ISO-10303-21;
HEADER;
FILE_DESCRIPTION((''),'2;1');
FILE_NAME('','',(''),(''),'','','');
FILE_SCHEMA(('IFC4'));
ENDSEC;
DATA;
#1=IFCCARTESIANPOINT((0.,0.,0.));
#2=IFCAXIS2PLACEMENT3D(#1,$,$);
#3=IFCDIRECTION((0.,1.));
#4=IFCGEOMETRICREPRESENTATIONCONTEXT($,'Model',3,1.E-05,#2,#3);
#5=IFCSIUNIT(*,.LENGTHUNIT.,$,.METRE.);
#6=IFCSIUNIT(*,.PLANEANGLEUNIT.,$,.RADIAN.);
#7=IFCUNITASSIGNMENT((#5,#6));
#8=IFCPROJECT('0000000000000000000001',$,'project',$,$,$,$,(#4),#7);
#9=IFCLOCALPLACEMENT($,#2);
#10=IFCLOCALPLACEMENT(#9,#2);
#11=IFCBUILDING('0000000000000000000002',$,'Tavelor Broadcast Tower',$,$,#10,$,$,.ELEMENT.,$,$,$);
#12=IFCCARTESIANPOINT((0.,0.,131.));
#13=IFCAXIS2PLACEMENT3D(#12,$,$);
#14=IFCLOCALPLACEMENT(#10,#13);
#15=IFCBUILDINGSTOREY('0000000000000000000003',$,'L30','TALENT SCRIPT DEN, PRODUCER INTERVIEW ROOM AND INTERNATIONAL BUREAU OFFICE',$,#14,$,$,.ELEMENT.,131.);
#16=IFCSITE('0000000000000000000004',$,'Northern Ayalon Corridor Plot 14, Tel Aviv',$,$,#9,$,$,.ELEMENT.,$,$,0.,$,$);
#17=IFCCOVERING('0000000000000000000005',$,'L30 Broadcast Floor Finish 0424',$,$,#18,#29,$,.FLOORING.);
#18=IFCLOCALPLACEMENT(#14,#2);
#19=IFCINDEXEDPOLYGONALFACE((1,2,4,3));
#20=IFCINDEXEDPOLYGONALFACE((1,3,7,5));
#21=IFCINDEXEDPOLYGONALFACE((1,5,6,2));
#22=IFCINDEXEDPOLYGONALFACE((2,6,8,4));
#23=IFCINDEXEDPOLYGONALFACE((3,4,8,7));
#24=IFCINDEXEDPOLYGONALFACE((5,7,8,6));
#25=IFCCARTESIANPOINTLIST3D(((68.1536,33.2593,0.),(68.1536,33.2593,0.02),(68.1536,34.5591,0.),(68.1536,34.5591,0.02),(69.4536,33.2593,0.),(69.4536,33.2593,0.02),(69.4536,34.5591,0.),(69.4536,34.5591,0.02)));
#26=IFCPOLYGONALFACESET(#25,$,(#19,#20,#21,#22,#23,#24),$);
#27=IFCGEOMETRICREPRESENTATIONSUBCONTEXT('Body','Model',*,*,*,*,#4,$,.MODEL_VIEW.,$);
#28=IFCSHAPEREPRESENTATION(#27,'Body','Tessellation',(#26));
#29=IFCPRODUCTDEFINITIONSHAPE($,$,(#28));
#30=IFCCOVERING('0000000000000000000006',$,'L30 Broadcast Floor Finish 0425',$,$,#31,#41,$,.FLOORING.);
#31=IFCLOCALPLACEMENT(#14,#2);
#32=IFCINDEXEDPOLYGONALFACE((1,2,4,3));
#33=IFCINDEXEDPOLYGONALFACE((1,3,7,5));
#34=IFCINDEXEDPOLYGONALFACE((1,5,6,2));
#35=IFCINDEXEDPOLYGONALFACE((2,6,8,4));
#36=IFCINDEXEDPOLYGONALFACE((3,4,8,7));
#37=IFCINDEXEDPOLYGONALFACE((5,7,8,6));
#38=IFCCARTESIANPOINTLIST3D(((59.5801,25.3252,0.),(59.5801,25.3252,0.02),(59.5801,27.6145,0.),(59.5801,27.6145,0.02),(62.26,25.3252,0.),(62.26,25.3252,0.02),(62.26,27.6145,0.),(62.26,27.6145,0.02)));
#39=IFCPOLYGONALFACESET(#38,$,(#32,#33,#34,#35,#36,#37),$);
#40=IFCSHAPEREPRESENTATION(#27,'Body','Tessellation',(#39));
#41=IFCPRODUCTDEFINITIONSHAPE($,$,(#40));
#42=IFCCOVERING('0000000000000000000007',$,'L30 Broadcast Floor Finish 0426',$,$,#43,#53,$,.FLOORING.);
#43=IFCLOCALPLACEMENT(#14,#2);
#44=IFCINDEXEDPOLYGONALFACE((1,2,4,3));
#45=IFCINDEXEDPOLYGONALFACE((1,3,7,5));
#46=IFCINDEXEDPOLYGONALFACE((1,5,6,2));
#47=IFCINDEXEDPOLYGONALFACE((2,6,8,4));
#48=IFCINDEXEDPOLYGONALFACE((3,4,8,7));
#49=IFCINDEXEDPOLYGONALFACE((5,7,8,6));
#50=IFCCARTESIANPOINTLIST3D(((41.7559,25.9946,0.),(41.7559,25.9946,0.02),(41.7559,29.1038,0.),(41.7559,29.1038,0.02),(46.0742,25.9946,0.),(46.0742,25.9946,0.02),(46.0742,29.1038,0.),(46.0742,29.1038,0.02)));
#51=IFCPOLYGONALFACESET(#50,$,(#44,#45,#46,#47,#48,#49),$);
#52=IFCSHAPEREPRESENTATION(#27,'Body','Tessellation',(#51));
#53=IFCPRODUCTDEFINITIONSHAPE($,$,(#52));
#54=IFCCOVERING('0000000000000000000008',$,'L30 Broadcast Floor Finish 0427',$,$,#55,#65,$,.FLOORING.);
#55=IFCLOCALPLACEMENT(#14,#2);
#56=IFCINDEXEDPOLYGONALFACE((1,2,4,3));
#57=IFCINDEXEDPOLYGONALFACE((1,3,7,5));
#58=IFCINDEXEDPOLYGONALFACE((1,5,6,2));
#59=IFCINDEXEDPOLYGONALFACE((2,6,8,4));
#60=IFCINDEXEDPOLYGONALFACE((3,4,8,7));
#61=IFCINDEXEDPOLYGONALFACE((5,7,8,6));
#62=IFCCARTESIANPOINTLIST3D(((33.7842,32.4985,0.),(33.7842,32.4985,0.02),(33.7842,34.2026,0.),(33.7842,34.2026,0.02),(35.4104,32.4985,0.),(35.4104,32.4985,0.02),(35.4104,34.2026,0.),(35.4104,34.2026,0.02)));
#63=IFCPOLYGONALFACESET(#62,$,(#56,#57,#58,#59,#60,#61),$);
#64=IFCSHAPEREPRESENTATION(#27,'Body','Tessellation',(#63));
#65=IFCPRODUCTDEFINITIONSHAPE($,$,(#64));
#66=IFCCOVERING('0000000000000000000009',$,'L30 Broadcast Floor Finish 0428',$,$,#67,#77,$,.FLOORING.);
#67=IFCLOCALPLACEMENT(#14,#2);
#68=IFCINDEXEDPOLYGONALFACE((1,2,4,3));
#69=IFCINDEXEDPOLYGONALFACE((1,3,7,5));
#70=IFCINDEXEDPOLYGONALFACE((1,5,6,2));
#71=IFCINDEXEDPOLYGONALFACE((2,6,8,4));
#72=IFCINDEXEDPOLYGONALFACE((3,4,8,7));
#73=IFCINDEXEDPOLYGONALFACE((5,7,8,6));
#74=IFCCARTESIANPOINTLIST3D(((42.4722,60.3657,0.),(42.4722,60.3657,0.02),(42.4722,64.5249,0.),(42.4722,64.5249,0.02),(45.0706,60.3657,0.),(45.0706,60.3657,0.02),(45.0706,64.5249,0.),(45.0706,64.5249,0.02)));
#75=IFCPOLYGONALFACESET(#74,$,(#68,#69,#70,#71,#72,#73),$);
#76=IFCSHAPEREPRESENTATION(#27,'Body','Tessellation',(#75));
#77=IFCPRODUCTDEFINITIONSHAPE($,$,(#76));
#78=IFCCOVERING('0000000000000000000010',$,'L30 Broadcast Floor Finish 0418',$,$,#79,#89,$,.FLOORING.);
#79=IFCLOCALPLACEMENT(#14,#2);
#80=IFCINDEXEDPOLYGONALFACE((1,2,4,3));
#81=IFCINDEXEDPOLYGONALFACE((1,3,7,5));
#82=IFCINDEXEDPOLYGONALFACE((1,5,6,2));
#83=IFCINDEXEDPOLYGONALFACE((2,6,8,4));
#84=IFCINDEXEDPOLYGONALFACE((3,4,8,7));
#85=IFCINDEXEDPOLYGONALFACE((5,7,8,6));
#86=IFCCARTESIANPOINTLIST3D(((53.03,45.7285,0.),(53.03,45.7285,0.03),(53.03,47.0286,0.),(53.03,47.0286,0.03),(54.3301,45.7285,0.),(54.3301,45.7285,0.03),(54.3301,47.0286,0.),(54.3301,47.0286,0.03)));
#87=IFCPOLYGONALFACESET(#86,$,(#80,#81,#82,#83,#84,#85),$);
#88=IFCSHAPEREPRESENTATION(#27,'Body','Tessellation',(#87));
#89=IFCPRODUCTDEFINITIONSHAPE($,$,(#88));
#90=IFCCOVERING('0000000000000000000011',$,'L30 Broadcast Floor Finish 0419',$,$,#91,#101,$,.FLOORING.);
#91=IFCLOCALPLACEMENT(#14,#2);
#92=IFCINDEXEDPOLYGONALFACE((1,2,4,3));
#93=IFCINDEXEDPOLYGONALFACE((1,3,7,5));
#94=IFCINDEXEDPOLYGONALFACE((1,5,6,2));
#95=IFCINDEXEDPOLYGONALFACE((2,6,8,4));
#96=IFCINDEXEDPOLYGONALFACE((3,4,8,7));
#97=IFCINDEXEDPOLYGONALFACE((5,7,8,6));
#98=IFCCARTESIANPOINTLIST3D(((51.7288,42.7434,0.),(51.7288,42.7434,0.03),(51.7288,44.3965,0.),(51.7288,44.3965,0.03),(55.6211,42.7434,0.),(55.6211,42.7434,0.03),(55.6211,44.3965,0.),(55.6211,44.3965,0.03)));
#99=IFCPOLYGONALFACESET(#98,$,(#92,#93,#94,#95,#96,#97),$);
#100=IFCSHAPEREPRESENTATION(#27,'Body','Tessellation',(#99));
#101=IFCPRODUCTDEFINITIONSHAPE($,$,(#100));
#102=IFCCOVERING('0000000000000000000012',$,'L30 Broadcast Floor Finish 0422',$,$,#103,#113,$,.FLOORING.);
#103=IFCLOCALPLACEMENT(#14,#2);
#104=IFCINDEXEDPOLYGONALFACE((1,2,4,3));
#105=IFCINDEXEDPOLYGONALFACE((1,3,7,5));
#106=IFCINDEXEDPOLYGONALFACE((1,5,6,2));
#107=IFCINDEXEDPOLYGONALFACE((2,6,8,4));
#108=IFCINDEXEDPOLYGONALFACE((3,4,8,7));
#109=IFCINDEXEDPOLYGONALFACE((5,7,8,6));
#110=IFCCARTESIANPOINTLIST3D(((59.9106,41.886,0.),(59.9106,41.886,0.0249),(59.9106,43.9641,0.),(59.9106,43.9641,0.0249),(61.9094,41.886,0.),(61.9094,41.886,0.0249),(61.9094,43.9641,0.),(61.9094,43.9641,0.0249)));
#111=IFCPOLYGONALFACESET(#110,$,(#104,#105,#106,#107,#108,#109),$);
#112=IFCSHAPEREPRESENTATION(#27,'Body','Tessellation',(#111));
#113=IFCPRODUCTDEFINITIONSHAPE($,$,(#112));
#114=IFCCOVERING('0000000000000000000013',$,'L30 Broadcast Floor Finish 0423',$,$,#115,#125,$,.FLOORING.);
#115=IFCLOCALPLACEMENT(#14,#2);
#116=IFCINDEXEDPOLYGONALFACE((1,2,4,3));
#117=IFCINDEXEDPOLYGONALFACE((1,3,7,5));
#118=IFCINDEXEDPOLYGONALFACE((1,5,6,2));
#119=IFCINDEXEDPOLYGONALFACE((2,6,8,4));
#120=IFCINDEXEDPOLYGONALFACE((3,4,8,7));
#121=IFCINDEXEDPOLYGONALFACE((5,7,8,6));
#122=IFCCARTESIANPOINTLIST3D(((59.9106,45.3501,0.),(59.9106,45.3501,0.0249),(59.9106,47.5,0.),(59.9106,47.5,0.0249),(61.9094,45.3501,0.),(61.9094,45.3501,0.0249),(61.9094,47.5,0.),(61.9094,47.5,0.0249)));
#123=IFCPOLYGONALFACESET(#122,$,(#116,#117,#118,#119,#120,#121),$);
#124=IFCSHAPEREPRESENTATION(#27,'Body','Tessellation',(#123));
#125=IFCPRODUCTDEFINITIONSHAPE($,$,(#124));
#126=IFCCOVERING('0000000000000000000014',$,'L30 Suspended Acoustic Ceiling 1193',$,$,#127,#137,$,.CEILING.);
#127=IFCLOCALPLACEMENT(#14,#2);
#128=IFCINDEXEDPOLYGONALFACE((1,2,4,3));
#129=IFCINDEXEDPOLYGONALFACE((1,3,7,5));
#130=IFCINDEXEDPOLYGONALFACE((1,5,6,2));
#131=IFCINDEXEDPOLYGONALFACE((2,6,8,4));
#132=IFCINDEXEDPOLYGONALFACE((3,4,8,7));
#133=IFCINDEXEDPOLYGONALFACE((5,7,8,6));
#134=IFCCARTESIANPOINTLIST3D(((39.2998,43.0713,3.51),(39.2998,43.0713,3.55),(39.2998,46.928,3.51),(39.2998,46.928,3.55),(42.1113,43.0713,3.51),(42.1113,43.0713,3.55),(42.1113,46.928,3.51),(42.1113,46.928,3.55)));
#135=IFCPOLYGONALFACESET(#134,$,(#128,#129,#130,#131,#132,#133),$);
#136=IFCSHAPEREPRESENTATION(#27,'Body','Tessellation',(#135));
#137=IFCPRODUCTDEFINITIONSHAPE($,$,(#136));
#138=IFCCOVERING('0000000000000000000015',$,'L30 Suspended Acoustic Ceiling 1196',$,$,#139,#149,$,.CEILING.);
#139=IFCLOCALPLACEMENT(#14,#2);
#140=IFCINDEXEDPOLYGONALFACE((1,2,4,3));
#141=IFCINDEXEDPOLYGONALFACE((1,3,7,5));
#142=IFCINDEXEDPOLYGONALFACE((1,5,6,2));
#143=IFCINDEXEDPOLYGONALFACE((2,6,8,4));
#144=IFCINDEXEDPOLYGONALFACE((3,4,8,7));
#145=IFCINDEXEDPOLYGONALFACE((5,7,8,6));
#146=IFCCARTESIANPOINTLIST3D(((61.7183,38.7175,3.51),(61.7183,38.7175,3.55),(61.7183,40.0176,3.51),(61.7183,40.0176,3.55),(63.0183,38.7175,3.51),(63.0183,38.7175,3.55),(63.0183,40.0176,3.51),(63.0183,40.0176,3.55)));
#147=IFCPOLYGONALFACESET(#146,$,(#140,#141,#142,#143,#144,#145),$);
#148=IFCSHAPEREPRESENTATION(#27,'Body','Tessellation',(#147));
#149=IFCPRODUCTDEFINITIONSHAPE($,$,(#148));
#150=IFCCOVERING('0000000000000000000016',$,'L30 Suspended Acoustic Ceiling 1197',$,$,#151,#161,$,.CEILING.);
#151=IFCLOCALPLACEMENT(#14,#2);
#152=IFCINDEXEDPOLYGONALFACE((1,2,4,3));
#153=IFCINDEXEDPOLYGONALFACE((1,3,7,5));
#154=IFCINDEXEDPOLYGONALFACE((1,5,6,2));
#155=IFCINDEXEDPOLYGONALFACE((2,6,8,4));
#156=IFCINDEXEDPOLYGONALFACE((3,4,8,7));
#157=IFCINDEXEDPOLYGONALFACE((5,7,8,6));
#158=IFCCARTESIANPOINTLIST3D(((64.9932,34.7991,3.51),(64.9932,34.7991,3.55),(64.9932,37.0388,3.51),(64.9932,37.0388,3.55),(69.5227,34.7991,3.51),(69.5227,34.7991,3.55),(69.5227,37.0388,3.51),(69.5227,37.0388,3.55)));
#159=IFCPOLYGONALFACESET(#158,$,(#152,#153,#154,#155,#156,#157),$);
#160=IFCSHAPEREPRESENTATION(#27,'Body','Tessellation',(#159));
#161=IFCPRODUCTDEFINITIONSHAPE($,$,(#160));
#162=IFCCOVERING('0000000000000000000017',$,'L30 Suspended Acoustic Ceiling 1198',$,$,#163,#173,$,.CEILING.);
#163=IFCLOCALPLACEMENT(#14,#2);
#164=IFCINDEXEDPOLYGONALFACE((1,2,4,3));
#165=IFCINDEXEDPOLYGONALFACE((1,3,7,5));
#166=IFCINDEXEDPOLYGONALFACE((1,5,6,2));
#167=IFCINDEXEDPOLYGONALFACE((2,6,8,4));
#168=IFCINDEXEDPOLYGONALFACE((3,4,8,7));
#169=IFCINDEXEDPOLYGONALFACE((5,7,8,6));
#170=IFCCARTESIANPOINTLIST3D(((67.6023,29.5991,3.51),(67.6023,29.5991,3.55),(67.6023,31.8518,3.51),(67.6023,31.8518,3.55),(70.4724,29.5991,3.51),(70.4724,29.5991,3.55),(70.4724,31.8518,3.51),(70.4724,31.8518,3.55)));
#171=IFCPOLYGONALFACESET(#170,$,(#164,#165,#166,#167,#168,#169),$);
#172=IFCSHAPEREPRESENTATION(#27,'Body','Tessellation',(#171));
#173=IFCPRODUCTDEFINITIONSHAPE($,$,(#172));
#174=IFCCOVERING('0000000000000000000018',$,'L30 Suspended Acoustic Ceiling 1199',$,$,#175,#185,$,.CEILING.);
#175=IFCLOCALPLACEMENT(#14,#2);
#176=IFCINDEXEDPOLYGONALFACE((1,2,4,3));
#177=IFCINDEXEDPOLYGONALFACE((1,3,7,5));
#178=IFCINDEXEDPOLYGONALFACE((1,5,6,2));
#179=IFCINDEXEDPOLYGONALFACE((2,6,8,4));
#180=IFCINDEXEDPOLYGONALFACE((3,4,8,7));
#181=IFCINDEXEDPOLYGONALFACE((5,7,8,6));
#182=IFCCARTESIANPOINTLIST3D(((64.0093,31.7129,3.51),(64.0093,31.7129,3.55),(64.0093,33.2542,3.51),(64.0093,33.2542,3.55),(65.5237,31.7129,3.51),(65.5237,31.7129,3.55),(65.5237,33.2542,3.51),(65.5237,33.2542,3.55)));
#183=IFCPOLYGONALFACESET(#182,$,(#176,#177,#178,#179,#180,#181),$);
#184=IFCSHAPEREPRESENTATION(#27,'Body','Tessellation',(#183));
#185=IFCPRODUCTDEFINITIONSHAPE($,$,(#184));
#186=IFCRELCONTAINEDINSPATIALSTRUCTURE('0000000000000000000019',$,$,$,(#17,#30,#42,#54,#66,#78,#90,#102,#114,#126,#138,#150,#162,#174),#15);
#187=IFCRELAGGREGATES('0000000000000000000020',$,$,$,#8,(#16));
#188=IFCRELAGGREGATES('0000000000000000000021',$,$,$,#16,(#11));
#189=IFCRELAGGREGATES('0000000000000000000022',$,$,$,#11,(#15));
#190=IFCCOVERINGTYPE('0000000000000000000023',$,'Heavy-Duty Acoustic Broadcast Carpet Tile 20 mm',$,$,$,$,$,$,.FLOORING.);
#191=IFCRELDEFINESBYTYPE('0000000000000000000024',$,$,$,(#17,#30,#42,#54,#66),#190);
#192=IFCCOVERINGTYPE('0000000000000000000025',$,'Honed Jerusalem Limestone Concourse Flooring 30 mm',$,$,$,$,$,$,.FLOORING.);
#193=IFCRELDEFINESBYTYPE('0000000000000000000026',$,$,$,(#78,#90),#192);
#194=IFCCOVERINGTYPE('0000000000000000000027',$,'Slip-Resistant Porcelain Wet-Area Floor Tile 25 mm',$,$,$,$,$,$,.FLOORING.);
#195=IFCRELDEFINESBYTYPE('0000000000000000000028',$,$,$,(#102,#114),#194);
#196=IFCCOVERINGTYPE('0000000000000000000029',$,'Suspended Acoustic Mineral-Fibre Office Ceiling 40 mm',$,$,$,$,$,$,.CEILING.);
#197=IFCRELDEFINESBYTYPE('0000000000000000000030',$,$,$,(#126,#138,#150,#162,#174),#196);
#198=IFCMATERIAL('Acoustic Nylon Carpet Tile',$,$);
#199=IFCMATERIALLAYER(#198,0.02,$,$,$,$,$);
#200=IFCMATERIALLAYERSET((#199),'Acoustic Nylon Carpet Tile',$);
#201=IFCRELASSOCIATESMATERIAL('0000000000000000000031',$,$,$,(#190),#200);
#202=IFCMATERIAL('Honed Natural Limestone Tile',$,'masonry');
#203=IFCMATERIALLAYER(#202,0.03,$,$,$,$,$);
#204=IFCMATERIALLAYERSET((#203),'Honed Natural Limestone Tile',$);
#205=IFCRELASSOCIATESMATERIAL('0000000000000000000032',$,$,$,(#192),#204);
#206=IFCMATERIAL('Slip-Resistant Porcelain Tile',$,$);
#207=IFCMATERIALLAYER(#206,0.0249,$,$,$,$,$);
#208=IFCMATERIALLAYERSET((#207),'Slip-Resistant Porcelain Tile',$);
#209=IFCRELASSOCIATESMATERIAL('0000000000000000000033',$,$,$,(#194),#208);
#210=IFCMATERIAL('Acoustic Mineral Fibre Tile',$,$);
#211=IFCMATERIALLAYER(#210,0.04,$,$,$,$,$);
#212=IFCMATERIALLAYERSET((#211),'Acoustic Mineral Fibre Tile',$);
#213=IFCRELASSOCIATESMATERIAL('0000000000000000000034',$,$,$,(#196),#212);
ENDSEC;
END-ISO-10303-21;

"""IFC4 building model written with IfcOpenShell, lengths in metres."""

from ifc_helpers import new_model, si_unit, direction, frame, origin, place, context, subcontext, project, spatial, polyline, outline, extrude, material, layer, layer_set, type_object, element, save


model = new_model("IFC4")

# Units and contexts
model_context = context("Model", 3, precision=1e-05, world=origin(), true_north=direction((0.0, 1.0)))
body_context = subcontext(model_context, "Body", "Model", "MODEL_VIEW")
ifc_project = project(units=[si_unit("LENGTHUNIT", "METRE"), si_unit("PLANEANGLEUNIT", "RADIAN")], contexts=[model_context])

# Site, building, storey
site_placement = place(None, origin())
site = spatial("IfcSite", under=ifc_project, at=site_placement, Name="Northern Ayalon Corridor Plot 14, Tel Aviv", CompositionType="ELEMENT", RefElevation=0.0)
building_placement = place(site_placement, origin())
building = spatial("IfcBuilding", under=site, at=building_placement, Name="Tavelor Broadcast Tower", CompositionType="ELEMENT")
storey_placement = place(building_placement, frame((0.0, 0.0, 131.0)))
storey = spatial("IfcBuildingStorey", under=building, at=storey_placement, Name="L30", Description="TALENT SCRIPT DEN, PRODUCER INTERVIEW ROOM AND INTERNATIONAL BUREAU OFFICE", CompositionType="ELEMENT", Elevation=131.0)

# Coverings
ifc_material_1 = material(Name="Acoustic Nylon Carpet Tile")
ifc_layer_1 = layer(ifc_material_1, 0.02)
ifc_layer_set_1 = layer_set([ifc_layer_1], Name="Acoustic Nylon Carpet Tile")
covering_type_1 = type_object("IfcCoveringType", Name="Heavy-Duty Acoustic Broadcast Carpet Tile 20 mm", PredefinedType="FLOORING", material=ifc_layer_set_1)
covering_1_placement = place(storey_placement, origin())
element("IfcCovering", 1, at=covering_1_placement, inside=storey, type_object=covering_type_1, Name="L30 Broadcast Floor Finish 0424", PredefinedType="FLOORING", context=body_context, shape_type="SweptSolid", body=[
    extrude(outline(polyline([(68.1536, 33.2593), (69.4536, 33.2593), (69.4536, 34.5591), (68.1536, 34.5591), (68.1536, 33.2593)])), origin(), (0.0, 0.0, 1.0), 0.02),
])
covering_2_placement = place(storey_placement, origin())
element("IfcCovering", 2, at=covering_2_placement, inside=storey, type_object=covering_type_1, Name="L30 Broadcast Floor Finish 0425", PredefinedType="FLOORING", context=body_context, shape_type="SweptSolid", body=[
    extrude(outline(polyline([(59.5801, 25.3252), (62.26, 25.3252), (62.26, 27.6145), (59.5801, 27.6145), (59.5801, 25.3252)])), origin(), (0.0, 0.0, 1.0), 0.02),
])
covering_3_placement = place(storey_placement, origin())
element("IfcCovering", 3, at=covering_3_placement, inside=storey, type_object=covering_type_1, Name="L30 Broadcast Floor Finish 0426", PredefinedType="FLOORING", context=body_context, shape_type="SweptSolid", body=[
    extrude(outline(polyline([(41.7559, 25.9946), (46.0742, 25.9946), (46.0742, 29.1038), (41.7559, 29.1038), (41.7559, 25.9946)])), origin(), (0.0, 0.0, 1.0), 0.02),
])
covering_4_placement = place(storey_placement, origin())
element("IfcCovering", 4, at=covering_4_placement, inside=storey, type_object=covering_type_1, Name="L30 Broadcast Floor Finish 0427", PredefinedType="FLOORING", context=body_context, shape_type="SweptSolid", body=[
    extrude(outline(polyline([(33.7842, 32.4985), (35.4104, 32.4985), (35.4104, 34.2026), (33.7842, 34.2026), (33.7842, 32.4985)])), origin(), (0.0, 0.0, 1.0), 0.02),
])
covering_5_placement = place(storey_placement, origin())
element("IfcCovering", 5, at=covering_5_placement, inside=storey, type_object=covering_type_1, Name="L30 Broadcast Floor Finish 0428", PredefinedType="FLOORING", context=body_context, shape_type="SweptSolid", body=[
    extrude(outline(polyline([(42.4722, 60.3657), (45.0706, 60.3657), (45.0706, 64.5249), (42.4722, 64.5249), (42.4722, 60.3657)])), origin(), (0.0, 0.0, 1.0), 0.02),
])
ifc_material_2 = material(Name="Honed Natural Limestone Tile", Category="masonry")
ifc_layer_2 = layer(ifc_material_2, 0.03)
ifc_layer_set_2 = layer_set([ifc_layer_2], Name="Honed Natural Limestone Tile")
covering_type_2 = type_object("IfcCoveringType", Name="Honed Jerusalem Limestone Concourse Flooring 30 mm", PredefinedType="FLOORING", material=ifc_layer_set_2)
covering_6_placement = place(storey_placement, origin())
element("IfcCovering", 6, at=covering_6_placement, inside=storey, type_object=covering_type_2, Name="L30 Broadcast Floor Finish 0418", PredefinedType="FLOORING", context=body_context, shape_type="SweptSolid", body=[
    extrude(outline(polyline([(53.03, 45.7285), (54.3301, 45.7285), (54.3301, 47.0286), (53.03, 47.0286), (53.03, 45.7285)])), origin(), (0.0, 0.0, 1.0), 0.03),
])
covering_7_placement = place(storey_placement, origin())
element("IfcCovering", 7, at=covering_7_placement, inside=storey, type_object=covering_type_2, Name="L30 Broadcast Floor Finish 0419", PredefinedType="FLOORING", context=body_context, shape_type="SweptSolid", body=[
    extrude(outline(polyline([(51.7288, 42.7434), (55.6211, 42.7434), (55.6211, 44.3965), (51.7288, 44.3965), (51.7288, 42.7434)])), origin(), (0.0, 0.0, 1.0), 0.03),
])
ifc_material_3 = material(Name="Slip-Resistant Porcelain Tile")
ifc_layer_3 = layer(ifc_material_3, 0.0249)
ifc_layer_set_3 = layer_set([ifc_layer_3], Name="Slip-Resistant Porcelain Tile")
covering_type_3 = type_object("IfcCoveringType", Name="Slip-Resistant Porcelain Wet-Area Floor Tile 25 mm", PredefinedType="FLOORING", material=ifc_layer_set_3)
covering_8_placement = place(storey_placement, origin())
element("IfcCovering", 8, at=covering_8_placement, inside=storey, type_object=covering_type_3, Name="L30 Broadcast Floor Finish 0422", PredefinedType="FLOORING", context=body_context, shape_type="SweptSolid", body=[
    extrude(outline(polyline([(59.9106, 41.886), (61.9094, 41.886), (61.9094, 43.9641), (59.9106, 43.9641), (59.9106, 41.886)])), origin(), (0.0, 0.0, 1.0), 0.0249),
])
covering_9_placement = place(storey_placement, origin())
element("IfcCovering", 9, at=covering_9_placement, inside=storey, type_object=covering_type_3, Name="L30 Broadcast Floor Finish 0423", PredefinedType="FLOORING", context=body_context, shape_type="SweptSolid", body=[
    extrude(outline(polyline([(59.9106, 45.3501), (61.9094, 45.3501), (61.9094, 47.5), (59.9106, 47.5), (59.9106, 45.3501)])), origin(), (0.0, 0.0, 1.0), 0.0249),
])
ifc_material_4 = material(Name="Acoustic Mineral Fibre Tile")
ifc_layer_4 = layer(ifc_material_4, 0.04)
ifc_layer_set_4 = layer_set([ifc_layer_4], Name="Acoustic Mineral Fibre Tile")
covering_type_4 = type_object("IfcCoveringType", Name="Suspended Acoustic Mineral-Fibre Office Ceiling 40 mm", PredefinedType="CEILING", material=ifc_layer_set_4)
covering_10_placement = place(storey_placement, frame((0.0, 0.0, 3.51)))
element("IfcCovering", 10, at=covering_10_placement, inside=storey, type_object=covering_type_4, Name="L30 Suspended Acoustic Ceiling 1193", PredefinedType="CEILING", context=body_context, shape_type="SweptSolid", body=[
    extrude(outline(polyline([(39.2998, 43.0713), (42.1113, 43.0713), (42.1113, 46.928), (39.2998, 46.928), (39.2998, 43.0713)])), origin(), (0.0, 0.0, 1.0), 0.04),
])
covering_11_placement = place(storey_placement, frame((0.0, 0.0, 3.51)))
element("IfcCovering", 11, at=covering_11_placement, inside=storey, type_object=covering_type_4, Name="L30 Suspended Acoustic Ceiling 1196", PredefinedType="CEILING", context=body_context, shape_type="SweptSolid", body=[
    extrude(outline(polyline([(61.7183, 38.7175), (63.0183, 38.7175), (63.0183, 40.0176), (61.7183, 40.0176), (61.7183, 38.7175)])), origin(), (0.0, 0.0, 1.0), 0.04),
])
covering_12_placement = place(storey_placement, frame((0.0, 0.0, 3.51)))
element("IfcCovering", 12, at=covering_12_placement, inside=storey, type_object=covering_type_4, Name="L30 Suspended Acoustic Ceiling 1197", PredefinedType="CEILING", context=body_context, shape_type="SweptSolid", body=[
    extrude(outline(polyline([(64.9932, 34.7991), (69.5227, 34.7991), (69.5227, 37.0388), (64.9932, 37.0388), (64.9932, 34.7991)])), origin(), (0.0, 0.0, 1.0), 0.04),
])
covering_13_placement = place(storey_placement, frame((0.0, 0.0, 3.51)))
element("IfcCovering", 13, at=covering_13_placement, inside=storey, type_object=covering_type_4, Name="L30 Suspended Acoustic Ceiling 1198", PredefinedType="CEILING", context=body_context, shape_type="SweptSolid", body=[
    extrude(outline(polyline([(67.6023, 29.5991), (70.4724, 29.5991), (70.4724, 31.8518), (67.6023, 31.8518), (67.6023, 29.5991)])), origin(), (0.0, 0.0, 1.0), 0.04),
])
covering_14_placement = place(storey_placement, frame((0.0, 0.0, 3.51)))
element("IfcCovering", 14, at=covering_14_placement, inside=storey, type_object=covering_type_4, Name="L30 Suspended Acoustic Ceiling 1199", PredefinedType="CEILING", context=body_context, shape_type="SweptSolid", body=[
    extrude(outline(polyline([(64.0093, 31.7129), (65.5237, 31.7129), (65.5237, 33.2542), (64.0093, 33.2542), (64.0093, 31.7129)])), origin(), (0.0, 0.0, 1.0), 0.04),
])

save(model, "model.ifc")
